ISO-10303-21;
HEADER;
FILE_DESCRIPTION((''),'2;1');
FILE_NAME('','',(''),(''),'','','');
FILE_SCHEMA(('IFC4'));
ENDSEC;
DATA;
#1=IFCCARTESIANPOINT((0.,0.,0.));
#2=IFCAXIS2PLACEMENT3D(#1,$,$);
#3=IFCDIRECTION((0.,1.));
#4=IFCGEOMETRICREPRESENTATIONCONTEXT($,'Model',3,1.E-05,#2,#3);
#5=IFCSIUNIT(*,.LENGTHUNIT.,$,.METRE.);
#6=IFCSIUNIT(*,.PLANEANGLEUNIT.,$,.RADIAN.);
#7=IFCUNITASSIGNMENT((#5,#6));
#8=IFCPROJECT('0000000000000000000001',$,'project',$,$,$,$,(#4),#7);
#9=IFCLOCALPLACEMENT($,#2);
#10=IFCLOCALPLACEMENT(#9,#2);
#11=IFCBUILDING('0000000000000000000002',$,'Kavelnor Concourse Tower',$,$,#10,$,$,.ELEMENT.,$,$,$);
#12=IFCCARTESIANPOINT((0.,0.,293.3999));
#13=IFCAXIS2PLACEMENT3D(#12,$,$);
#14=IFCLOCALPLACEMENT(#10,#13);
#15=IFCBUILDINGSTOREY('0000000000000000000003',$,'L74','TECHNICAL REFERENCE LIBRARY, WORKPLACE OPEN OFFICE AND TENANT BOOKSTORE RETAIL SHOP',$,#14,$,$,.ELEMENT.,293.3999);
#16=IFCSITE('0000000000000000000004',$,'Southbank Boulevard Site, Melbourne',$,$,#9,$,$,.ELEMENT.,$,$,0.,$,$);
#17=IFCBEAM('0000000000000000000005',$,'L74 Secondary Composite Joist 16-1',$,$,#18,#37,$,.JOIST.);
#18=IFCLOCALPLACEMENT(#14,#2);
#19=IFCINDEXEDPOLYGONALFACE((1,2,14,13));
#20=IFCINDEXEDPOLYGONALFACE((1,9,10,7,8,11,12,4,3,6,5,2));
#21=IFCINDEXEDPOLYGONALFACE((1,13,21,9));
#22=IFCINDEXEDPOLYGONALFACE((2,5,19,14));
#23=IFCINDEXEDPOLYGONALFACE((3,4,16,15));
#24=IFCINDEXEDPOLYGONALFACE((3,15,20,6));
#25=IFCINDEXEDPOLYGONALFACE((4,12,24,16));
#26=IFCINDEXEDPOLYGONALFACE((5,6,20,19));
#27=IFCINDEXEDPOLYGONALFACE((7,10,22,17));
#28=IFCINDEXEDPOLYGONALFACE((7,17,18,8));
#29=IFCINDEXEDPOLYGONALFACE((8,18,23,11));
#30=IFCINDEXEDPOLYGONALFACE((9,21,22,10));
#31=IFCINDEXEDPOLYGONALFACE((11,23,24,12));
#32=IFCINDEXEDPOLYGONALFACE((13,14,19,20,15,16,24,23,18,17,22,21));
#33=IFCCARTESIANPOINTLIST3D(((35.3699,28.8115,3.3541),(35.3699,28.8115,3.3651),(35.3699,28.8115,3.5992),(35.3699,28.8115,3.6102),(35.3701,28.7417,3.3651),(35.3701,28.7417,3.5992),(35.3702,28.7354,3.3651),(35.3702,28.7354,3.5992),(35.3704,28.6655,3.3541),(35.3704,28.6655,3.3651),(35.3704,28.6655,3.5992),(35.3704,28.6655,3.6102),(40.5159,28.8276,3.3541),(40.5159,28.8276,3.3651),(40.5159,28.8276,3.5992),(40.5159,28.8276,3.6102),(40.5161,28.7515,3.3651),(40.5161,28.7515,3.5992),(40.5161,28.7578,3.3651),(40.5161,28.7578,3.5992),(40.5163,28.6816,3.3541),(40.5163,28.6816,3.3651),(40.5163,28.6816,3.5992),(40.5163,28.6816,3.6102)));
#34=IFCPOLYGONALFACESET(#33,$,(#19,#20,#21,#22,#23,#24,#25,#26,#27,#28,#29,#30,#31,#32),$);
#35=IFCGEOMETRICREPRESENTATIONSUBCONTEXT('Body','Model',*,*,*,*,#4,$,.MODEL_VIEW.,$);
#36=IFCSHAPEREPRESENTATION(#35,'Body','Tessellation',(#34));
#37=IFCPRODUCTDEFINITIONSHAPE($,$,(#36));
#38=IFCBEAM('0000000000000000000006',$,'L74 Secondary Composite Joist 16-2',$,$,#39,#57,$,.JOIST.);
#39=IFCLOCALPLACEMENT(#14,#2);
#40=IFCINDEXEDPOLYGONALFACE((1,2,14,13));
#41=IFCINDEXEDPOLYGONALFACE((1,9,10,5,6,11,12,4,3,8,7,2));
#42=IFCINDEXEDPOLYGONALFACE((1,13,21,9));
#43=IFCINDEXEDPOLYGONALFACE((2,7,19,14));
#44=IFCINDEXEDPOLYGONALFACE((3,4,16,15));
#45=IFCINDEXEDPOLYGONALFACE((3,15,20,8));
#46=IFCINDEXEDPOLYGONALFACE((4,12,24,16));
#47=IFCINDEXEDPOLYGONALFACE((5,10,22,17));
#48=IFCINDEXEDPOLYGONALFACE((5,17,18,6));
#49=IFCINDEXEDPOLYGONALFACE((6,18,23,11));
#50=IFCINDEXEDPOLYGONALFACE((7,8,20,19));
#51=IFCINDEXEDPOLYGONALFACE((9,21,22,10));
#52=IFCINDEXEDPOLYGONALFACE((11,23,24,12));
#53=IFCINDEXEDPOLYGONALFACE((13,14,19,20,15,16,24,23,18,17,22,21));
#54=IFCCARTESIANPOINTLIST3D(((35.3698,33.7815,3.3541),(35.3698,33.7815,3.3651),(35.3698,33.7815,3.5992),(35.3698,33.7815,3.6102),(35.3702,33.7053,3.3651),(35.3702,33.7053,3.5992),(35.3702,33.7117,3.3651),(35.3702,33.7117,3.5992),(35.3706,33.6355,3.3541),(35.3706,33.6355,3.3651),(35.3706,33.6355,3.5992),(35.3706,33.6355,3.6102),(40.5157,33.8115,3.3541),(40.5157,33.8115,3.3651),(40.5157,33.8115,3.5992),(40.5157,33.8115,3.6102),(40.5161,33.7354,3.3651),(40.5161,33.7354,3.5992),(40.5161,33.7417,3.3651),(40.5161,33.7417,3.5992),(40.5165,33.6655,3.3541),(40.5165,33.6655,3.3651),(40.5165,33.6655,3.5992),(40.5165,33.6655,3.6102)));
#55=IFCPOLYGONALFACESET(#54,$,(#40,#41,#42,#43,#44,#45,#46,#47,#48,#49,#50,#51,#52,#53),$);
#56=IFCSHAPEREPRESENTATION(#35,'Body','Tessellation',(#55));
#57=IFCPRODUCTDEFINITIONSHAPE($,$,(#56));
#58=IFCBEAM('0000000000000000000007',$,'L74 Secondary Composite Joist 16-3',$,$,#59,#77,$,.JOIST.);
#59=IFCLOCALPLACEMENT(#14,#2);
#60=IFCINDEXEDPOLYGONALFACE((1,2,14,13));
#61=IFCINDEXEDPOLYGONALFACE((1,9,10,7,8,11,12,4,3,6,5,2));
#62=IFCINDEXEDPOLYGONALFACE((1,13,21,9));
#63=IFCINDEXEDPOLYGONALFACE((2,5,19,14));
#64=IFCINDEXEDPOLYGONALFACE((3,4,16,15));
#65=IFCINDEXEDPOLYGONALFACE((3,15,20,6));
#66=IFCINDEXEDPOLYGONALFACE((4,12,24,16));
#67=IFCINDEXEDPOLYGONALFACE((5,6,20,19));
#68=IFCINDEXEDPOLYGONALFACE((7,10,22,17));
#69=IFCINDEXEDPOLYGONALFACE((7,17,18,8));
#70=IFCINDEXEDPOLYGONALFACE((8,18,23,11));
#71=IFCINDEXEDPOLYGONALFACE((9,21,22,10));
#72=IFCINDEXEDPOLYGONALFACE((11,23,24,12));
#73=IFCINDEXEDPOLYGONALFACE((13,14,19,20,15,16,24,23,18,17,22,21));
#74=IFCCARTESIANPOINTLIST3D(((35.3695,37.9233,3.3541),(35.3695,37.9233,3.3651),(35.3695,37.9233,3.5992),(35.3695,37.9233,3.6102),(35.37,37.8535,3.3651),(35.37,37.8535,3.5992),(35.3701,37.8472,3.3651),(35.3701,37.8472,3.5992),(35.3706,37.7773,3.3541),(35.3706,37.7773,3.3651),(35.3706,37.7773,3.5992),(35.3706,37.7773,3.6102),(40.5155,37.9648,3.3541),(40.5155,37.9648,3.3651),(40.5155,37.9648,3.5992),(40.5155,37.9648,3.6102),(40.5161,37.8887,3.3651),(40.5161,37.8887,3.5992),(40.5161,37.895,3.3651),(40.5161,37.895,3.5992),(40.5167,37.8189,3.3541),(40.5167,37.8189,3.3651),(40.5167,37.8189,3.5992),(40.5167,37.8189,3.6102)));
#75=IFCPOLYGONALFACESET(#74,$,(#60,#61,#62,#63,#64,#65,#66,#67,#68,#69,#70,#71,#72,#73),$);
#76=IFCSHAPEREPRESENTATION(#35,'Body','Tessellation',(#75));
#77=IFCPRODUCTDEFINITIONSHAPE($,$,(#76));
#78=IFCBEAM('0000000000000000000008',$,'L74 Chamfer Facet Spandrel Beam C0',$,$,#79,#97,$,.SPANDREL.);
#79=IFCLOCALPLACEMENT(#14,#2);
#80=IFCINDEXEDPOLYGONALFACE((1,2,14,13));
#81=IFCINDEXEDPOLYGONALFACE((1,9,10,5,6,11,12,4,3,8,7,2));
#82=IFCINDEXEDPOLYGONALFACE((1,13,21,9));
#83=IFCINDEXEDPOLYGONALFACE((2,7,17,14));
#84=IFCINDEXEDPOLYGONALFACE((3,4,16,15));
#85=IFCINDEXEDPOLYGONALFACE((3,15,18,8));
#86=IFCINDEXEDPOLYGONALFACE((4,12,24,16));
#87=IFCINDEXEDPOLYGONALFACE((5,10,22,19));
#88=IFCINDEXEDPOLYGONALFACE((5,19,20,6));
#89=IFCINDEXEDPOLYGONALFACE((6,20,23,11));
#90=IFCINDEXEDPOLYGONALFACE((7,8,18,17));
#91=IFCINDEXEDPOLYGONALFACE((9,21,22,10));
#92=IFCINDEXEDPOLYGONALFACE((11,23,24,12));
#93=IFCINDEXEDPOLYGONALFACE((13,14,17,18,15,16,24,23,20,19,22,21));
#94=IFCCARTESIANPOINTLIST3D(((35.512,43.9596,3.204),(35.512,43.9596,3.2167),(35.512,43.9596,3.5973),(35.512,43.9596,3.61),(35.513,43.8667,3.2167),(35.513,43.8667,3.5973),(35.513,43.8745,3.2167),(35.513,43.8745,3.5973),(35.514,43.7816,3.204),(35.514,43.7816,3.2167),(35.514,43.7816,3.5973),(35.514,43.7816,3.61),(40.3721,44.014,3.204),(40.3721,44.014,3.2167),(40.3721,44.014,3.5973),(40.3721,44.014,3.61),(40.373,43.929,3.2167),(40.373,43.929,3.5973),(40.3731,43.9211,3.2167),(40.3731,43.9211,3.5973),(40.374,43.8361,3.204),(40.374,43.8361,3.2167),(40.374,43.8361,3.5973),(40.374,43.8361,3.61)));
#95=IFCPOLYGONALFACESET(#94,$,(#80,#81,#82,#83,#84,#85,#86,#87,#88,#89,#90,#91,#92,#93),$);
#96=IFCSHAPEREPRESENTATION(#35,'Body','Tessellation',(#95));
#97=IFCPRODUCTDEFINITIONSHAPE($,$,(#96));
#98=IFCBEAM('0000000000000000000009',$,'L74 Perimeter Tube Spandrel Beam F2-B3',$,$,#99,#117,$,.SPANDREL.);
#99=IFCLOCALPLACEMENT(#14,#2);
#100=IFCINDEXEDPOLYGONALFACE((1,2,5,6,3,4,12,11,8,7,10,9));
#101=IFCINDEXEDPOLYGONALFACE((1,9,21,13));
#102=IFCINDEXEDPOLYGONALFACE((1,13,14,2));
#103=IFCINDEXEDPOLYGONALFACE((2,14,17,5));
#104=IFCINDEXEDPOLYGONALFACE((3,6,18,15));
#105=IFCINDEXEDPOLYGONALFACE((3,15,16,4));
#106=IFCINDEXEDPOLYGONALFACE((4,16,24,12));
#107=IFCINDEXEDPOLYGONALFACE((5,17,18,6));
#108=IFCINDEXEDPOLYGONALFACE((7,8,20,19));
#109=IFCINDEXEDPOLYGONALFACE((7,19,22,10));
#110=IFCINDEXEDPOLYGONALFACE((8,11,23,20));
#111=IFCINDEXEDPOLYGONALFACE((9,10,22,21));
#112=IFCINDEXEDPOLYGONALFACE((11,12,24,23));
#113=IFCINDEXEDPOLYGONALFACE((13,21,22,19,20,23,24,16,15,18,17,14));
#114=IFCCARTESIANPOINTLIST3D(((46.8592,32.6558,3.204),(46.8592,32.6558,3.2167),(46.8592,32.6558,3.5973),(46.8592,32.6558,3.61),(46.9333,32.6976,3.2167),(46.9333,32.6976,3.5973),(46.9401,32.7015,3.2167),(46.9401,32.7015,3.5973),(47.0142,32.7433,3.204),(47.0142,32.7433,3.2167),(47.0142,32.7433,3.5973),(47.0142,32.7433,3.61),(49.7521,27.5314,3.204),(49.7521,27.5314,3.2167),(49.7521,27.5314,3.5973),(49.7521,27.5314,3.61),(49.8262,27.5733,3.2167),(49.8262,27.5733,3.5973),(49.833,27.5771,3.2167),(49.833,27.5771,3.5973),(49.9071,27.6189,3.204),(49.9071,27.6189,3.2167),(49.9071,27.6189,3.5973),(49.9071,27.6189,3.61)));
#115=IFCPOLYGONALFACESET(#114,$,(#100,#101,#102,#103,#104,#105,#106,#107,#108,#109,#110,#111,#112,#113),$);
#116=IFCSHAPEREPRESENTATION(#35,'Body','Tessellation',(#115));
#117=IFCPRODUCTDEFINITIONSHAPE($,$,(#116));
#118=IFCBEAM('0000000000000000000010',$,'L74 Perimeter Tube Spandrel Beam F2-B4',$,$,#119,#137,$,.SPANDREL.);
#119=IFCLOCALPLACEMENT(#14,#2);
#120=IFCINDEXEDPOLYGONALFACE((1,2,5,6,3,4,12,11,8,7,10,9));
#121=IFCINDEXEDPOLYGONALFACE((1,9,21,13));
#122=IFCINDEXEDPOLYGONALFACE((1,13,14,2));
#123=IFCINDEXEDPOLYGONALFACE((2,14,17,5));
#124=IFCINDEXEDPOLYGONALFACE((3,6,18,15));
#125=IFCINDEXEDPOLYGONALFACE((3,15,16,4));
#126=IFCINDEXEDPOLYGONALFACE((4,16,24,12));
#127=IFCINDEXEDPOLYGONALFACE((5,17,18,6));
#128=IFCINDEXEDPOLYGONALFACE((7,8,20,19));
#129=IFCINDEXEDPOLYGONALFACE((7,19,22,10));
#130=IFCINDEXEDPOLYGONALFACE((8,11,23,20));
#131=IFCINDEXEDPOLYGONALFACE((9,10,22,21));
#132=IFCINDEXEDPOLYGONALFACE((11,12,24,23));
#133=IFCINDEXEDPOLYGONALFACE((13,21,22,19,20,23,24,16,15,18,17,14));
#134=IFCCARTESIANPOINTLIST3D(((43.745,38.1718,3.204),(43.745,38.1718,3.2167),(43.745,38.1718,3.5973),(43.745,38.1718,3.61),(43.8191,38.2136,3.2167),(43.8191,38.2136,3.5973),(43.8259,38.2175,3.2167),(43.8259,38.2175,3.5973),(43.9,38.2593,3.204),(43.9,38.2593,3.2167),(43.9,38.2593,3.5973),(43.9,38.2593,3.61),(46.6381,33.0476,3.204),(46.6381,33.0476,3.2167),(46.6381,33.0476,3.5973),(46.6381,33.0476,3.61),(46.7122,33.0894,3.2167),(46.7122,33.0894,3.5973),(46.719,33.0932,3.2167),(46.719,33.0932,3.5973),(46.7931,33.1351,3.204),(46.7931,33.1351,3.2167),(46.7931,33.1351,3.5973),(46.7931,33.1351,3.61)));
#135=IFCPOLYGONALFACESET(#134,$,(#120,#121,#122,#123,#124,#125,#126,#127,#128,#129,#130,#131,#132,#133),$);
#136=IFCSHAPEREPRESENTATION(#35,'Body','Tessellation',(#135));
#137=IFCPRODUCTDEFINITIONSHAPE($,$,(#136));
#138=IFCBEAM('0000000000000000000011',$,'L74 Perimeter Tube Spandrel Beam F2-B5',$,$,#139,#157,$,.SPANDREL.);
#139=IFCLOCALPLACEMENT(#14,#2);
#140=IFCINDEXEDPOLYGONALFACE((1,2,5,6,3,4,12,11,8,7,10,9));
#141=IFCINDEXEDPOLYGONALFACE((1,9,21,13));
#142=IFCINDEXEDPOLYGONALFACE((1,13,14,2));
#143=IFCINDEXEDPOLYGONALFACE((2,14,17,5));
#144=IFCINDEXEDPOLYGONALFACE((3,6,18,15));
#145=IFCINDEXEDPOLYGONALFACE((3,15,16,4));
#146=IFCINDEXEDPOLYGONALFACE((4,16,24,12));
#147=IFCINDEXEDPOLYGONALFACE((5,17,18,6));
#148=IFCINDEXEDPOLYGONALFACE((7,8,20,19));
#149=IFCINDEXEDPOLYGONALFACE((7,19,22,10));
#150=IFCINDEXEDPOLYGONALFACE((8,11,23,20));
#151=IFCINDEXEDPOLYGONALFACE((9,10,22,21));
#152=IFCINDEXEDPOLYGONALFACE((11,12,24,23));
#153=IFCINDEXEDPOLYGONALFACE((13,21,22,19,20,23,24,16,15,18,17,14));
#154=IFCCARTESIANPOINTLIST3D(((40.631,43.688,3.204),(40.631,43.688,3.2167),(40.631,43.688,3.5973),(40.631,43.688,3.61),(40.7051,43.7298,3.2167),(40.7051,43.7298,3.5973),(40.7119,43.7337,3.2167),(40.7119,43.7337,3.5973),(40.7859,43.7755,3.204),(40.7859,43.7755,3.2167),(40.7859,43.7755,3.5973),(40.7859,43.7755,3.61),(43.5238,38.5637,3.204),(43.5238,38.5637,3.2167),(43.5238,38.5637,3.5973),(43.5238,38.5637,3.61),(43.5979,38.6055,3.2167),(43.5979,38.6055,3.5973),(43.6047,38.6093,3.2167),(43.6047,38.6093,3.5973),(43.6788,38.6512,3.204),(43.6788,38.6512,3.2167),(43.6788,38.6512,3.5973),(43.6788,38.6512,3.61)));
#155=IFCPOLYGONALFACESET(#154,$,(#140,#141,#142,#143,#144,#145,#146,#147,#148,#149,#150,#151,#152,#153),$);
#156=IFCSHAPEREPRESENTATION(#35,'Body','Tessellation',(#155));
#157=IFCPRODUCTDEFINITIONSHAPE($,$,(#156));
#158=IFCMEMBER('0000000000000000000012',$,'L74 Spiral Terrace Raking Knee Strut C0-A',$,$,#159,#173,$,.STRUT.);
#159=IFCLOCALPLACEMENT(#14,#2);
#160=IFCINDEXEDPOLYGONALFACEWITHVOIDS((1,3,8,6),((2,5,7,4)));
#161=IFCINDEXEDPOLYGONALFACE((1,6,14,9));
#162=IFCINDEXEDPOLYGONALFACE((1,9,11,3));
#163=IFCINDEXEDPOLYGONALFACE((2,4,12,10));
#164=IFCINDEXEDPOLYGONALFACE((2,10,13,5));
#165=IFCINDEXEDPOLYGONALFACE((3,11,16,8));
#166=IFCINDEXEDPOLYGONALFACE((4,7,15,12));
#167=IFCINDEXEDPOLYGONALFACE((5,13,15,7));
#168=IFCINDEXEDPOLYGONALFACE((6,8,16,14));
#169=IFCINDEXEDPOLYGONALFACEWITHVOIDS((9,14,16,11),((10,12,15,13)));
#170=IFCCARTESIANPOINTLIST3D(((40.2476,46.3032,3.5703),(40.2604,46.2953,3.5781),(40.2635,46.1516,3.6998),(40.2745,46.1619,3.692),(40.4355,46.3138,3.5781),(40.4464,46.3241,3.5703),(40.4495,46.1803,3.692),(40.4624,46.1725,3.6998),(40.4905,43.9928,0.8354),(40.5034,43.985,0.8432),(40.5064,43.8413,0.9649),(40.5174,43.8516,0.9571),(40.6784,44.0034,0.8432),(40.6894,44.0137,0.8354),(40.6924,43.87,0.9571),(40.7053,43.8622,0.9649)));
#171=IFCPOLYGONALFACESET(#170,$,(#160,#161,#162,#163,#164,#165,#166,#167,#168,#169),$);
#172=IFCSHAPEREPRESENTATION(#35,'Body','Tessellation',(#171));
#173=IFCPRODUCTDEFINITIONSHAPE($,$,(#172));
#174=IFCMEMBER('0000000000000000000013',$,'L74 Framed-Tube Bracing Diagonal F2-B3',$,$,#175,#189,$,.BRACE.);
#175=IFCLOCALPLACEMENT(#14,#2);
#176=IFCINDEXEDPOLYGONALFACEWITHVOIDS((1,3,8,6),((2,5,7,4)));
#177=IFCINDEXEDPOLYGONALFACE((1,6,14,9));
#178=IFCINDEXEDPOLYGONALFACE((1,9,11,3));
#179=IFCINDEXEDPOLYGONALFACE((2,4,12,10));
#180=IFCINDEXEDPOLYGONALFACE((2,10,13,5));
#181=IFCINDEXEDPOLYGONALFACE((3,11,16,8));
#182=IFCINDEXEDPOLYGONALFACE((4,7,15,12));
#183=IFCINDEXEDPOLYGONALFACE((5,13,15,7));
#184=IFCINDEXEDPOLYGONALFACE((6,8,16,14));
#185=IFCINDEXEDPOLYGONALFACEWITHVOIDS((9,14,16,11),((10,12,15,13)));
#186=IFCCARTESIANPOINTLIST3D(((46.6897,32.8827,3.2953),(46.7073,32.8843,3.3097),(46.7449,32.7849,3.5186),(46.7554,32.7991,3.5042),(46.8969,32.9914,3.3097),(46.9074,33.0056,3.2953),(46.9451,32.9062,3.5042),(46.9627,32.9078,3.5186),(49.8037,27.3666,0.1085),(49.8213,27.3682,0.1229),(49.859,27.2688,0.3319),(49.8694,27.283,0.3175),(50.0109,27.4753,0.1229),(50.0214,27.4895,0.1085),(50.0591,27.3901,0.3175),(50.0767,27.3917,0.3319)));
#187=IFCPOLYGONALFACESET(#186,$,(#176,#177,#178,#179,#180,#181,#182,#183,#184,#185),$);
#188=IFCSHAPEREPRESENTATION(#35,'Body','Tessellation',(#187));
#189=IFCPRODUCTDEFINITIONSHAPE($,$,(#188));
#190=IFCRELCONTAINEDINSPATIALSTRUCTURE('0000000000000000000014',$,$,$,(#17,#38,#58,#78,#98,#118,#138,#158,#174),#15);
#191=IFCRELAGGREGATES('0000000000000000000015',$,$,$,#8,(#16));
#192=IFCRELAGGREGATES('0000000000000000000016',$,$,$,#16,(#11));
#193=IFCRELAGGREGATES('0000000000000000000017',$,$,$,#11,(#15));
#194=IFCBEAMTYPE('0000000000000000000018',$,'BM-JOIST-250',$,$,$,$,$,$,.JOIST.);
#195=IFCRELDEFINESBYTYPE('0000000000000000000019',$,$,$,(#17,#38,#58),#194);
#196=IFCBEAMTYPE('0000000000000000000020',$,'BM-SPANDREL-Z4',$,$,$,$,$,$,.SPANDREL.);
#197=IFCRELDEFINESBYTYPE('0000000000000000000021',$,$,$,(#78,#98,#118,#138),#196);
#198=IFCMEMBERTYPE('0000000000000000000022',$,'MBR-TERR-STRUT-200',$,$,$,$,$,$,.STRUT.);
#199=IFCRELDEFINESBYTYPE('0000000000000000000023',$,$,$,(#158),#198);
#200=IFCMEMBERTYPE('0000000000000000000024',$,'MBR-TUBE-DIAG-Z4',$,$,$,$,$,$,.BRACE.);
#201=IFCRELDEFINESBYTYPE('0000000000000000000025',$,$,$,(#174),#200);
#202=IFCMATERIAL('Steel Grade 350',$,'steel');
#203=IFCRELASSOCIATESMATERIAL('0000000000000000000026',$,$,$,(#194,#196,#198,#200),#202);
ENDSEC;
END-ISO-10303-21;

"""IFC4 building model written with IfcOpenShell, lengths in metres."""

from ifc_helpers import new_model, si_unit, direction, frame, origin, origin_2d, place, context, subcontext, project, spatial, hollow_rectangle, i_section, extrude, material, material_profile, profile_set, type_object, element, save


model = new_model("IFC4")

# Units and contexts
model_context = context("Model", 3, precision=1e-05, world=origin(), true_north=direction((0.0, 1.0)))
body_context = subcontext(model_context, "Body", "Model", "MODEL_VIEW")
ifc_project = project(units=[si_unit("LENGTHUNIT", "METRE"), si_unit("PLANEANGLEUNIT", "RADIAN")], contexts=[model_context])

# Site, building, storey
site_placement = place(None, origin())
site = spatial("IfcSite", under=ifc_project, at=site_placement, Name="Southbank Boulevard Site, Melbourne", CompositionType="ELEMENT", RefElevation=0.0)
building_placement = place(site_placement, origin())
building = spatial("IfcBuilding", under=site, at=building_placement, Name="Kavelnor Concourse Tower", CompositionType="ELEMENT")
storey_placement = place(building_placement, frame((0.0, 0.0, 293.3999)))
storey = spatial("IfcBuildingStorey", under=building, at=storey_placement, Name="L74", Description="TECHNICAL REFERENCE LIBRARY, WORKPLACE OPEN OFFICE AND TENANT BOOKSTORE RETAIL SHOP", CompositionType="ELEMENT", Elevation=293.3999)

# Shared definitions
ifc_material_1 = material(Name="Steel Grade 350", Category="steel")

# Beams
ifc_material_profile_1 = material_profile(ifc_material_1, i_section(OverallWidth=0.146, OverallDepth=0.2561, WebThickness=0.0063, FlangeThickness=0.011, at=origin_2d()), Name="250UB37")
ifc_profile_set_1 = profile_set([ifc_material_profile_1], Name="Steel Grade 350")
beam_type_1 = type_object("IfcBeamType", Name="BM-JOIST-250", PredefinedType="JOIST", material=ifc_profile_set_1)
for number, where, z_axis, x_axis, name in (
    (1, (40.5161, 28.7546, 3.4822), (-0.999995, -0.003131, 0.0), (0.003131, -0.999995, 0.0), "L74 Secondary Composite Joist 16-1"),
    (2, (40.5161, 33.7385, 3.4822), (-0.999983, -0.005835, 0.0), (0.005835, -0.999983, 0.0), "L74 Secondary Composite Joist 16-2"),
):
    element("IfcBeam", number, at=place(storey_placement, frame(where, z_axis=z_axis, x_axis=x_axis)), inside=storey, type_object=beam_type_1, Name=name, PredefinedType="JOIST", context=body_context, shape_type="SweptSolid", body=[
        extrude(i_section(OverallWidth=0.146, OverallDepth=0.2561, WebThickness=0.0063, FlangeThickness=0.011, at=origin_2d()), origin(), (0.0, 0.0, 1.0), 5.146),
    ])
beam_1_placement = place(storey_placement, frame((40.5161, 37.8918, 3.4822), z_axis=(-0.999967, -0.008065, 0.0), x_axis=(0.008065, -0.999967, 0.0)))
element("IfcBeam", 3, at=beam_1_placement, inside=storey, type_object=beam_type_1, Name="L74 Secondary Composite Joist 16-3", PredefinedType="JOIST", context=body_context, shape_type="SweptSolid", body=[
    extrude(i_section(OverallWidth=0.146, OverallDepth=0.2561, WebThickness=0.0063, FlangeThickness=0.011, at=origin_2d()), origin(), (0.0, 0.0, 1.0), 5.1462),
])
ifc_material_profile_2 = material_profile(ifc_material_1, i_section(OverallWidth=0.178, OverallDepth=0.406, WebThickness=0.0078, FlangeThickness=0.0127, at=origin_2d()), Name="410UB59")
ifc_profile_set_2 = profile_set([ifc_material_profile_2], Name="Steel Grade 350")
beam_type_2 = type_object("IfcBeamType", Name="BM-SPANDREL-Z4", PredefinedType="SPANDREL", material=ifc_profile_set_2)
beam_2_placement = place(storey_placement, frame((40.373, 43.925, 3.407), z_axis=(-0.999937, -0.011201, 0.0), x_axis=(0.011201, -0.999937, 0.0)))
element("IfcBeam", 4, at=beam_2_placement, inside=storey, type_object=beam_type_2, Name="L74 Chamfer Facet Spandrel Beam C0", PredefinedType="SPANDREL", context=body_context, shape_type="SweptSolid", body=[
    extrude(i_section(OverallWidth=0.178, OverallDepth=0.406, WebThickness=0.0078, FlangeThickness=0.0127, at=origin_2d()), origin(), (0.0, 0.0, 1.0), 4.8604),
])
for number, where, z_axis, x_axis, name in (
    (5, (49.8296, 27.5752, 3.407), (-0.491606, 0.870818, 0.0), (-0.870818, -0.491606, 0.0), "L74 Perimeter Tube Spandrel Beam F2-B3"),
    (6, (46.7156, 33.0913, 3.407), (-0.491638, 0.8708, 0.0), (-0.8708, -0.491638, 0.0), "L74 Perimeter Tube Spandrel Beam F2-B4"),
    (7, (43.6013, 38.6074, 3.407), (-0.491606, 0.870818, 0.0), (-0.870818, -0.491606, 0.0), "L74 Perimeter Tube Spandrel Beam F2-B5"),
):
    element("IfcBeam", number, at=place(storey_placement, frame(where, z_axis=z_axis, x_axis=x_axis)), inside=storey, type_object=beam_type_2, Name=name, PredefinedType="SPANDREL", context=body_context, shape_type="SweptSolid", body=[
        extrude(i_section(OverallWidth=0.178, OverallDepth=0.406, WebThickness=0.0078, FlangeThickness=0.0127, at=origin_2d()), origin(), (0.0, 0.0, 1.0), 5.8845),
    ])

# Members
ifc_material_profile_3 = material_profile(ifc_material_1, hollow_rectangle(XDim=0.2, YDim=0.2, WallThickness=0.012, at=origin_2d()), Name="SHS 200x200x12")
ifc_profile_set_3 = profile_set([ifc_material_profile_3], Name="Steel Grade 350")
member_type_1 = type_object("IfcMemberType", Name="MBR-TERR-STRUT-200", PredefinedType="STRUT", material=ifc_profile_set_3)
member_1_placement = place(storey_placement, frame((40.5979, 43.9275, 0.9001), z_axis=(-0.067698, 0.643841, 0.762159), x_axis=(-0.994518, -0.10457, 0.0)))
element("IfcMember", 8, at=member_1_placement, inside=storey, type_object=member_type_1, Name="L74 Spiral Terrace Raking Knee Strut C0-A", PredefinedType="STRUT", context=body_context, shape_type="SweptSolid", body=[
    extrude(hollow_rectangle(XDim=0.2, YDim=0.2, WallThickness=0.012, at=origin_2d()), origin(), (0.0, 0.0, 1.0), 3.5884),
])
ifc_material_profile_4 = material_profile(ifc_material_1, hollow_rectangle(XDim=0.25, YDim=0.25, WallThickness=0.0161, at=origin_2d()), Name="SHS 250x250x16")
ifc_profile_set_4 = profile_set([ifc_material_profile_4], Name="Steel Grade 350")
member_type_2 = type_object("IfcMemberType", Name="MBR-TUBE-DIAG-Z4", PredefinedType="BRACE", material=ifc_profile_set_4)
member_2_placement = place(storey_placement, frame((49.9402, 27.3792, 0.2202), z_axis=(-0.43916, 0.777921, 0.44942), x_axis=(-0.870819, -0.491604, 0.0)))
element("IfcMember", 9, at=member_2_placement, inside=storey, type_object=member_type_2, Name="L74 Framed-Tube Bracing Diagonal F2-B3", PredefinedType="BRACE", context=body_context, shape_type="SweptSolid", body=[
    extrude(hollow_rectangle(XDim=0.25, YDim=0.25, WallThickness=0.0161, at=origin_2d()), origin(), (0.0, 0.0, 1.0), 7.0908),
])

save(model, "model.ifc")
